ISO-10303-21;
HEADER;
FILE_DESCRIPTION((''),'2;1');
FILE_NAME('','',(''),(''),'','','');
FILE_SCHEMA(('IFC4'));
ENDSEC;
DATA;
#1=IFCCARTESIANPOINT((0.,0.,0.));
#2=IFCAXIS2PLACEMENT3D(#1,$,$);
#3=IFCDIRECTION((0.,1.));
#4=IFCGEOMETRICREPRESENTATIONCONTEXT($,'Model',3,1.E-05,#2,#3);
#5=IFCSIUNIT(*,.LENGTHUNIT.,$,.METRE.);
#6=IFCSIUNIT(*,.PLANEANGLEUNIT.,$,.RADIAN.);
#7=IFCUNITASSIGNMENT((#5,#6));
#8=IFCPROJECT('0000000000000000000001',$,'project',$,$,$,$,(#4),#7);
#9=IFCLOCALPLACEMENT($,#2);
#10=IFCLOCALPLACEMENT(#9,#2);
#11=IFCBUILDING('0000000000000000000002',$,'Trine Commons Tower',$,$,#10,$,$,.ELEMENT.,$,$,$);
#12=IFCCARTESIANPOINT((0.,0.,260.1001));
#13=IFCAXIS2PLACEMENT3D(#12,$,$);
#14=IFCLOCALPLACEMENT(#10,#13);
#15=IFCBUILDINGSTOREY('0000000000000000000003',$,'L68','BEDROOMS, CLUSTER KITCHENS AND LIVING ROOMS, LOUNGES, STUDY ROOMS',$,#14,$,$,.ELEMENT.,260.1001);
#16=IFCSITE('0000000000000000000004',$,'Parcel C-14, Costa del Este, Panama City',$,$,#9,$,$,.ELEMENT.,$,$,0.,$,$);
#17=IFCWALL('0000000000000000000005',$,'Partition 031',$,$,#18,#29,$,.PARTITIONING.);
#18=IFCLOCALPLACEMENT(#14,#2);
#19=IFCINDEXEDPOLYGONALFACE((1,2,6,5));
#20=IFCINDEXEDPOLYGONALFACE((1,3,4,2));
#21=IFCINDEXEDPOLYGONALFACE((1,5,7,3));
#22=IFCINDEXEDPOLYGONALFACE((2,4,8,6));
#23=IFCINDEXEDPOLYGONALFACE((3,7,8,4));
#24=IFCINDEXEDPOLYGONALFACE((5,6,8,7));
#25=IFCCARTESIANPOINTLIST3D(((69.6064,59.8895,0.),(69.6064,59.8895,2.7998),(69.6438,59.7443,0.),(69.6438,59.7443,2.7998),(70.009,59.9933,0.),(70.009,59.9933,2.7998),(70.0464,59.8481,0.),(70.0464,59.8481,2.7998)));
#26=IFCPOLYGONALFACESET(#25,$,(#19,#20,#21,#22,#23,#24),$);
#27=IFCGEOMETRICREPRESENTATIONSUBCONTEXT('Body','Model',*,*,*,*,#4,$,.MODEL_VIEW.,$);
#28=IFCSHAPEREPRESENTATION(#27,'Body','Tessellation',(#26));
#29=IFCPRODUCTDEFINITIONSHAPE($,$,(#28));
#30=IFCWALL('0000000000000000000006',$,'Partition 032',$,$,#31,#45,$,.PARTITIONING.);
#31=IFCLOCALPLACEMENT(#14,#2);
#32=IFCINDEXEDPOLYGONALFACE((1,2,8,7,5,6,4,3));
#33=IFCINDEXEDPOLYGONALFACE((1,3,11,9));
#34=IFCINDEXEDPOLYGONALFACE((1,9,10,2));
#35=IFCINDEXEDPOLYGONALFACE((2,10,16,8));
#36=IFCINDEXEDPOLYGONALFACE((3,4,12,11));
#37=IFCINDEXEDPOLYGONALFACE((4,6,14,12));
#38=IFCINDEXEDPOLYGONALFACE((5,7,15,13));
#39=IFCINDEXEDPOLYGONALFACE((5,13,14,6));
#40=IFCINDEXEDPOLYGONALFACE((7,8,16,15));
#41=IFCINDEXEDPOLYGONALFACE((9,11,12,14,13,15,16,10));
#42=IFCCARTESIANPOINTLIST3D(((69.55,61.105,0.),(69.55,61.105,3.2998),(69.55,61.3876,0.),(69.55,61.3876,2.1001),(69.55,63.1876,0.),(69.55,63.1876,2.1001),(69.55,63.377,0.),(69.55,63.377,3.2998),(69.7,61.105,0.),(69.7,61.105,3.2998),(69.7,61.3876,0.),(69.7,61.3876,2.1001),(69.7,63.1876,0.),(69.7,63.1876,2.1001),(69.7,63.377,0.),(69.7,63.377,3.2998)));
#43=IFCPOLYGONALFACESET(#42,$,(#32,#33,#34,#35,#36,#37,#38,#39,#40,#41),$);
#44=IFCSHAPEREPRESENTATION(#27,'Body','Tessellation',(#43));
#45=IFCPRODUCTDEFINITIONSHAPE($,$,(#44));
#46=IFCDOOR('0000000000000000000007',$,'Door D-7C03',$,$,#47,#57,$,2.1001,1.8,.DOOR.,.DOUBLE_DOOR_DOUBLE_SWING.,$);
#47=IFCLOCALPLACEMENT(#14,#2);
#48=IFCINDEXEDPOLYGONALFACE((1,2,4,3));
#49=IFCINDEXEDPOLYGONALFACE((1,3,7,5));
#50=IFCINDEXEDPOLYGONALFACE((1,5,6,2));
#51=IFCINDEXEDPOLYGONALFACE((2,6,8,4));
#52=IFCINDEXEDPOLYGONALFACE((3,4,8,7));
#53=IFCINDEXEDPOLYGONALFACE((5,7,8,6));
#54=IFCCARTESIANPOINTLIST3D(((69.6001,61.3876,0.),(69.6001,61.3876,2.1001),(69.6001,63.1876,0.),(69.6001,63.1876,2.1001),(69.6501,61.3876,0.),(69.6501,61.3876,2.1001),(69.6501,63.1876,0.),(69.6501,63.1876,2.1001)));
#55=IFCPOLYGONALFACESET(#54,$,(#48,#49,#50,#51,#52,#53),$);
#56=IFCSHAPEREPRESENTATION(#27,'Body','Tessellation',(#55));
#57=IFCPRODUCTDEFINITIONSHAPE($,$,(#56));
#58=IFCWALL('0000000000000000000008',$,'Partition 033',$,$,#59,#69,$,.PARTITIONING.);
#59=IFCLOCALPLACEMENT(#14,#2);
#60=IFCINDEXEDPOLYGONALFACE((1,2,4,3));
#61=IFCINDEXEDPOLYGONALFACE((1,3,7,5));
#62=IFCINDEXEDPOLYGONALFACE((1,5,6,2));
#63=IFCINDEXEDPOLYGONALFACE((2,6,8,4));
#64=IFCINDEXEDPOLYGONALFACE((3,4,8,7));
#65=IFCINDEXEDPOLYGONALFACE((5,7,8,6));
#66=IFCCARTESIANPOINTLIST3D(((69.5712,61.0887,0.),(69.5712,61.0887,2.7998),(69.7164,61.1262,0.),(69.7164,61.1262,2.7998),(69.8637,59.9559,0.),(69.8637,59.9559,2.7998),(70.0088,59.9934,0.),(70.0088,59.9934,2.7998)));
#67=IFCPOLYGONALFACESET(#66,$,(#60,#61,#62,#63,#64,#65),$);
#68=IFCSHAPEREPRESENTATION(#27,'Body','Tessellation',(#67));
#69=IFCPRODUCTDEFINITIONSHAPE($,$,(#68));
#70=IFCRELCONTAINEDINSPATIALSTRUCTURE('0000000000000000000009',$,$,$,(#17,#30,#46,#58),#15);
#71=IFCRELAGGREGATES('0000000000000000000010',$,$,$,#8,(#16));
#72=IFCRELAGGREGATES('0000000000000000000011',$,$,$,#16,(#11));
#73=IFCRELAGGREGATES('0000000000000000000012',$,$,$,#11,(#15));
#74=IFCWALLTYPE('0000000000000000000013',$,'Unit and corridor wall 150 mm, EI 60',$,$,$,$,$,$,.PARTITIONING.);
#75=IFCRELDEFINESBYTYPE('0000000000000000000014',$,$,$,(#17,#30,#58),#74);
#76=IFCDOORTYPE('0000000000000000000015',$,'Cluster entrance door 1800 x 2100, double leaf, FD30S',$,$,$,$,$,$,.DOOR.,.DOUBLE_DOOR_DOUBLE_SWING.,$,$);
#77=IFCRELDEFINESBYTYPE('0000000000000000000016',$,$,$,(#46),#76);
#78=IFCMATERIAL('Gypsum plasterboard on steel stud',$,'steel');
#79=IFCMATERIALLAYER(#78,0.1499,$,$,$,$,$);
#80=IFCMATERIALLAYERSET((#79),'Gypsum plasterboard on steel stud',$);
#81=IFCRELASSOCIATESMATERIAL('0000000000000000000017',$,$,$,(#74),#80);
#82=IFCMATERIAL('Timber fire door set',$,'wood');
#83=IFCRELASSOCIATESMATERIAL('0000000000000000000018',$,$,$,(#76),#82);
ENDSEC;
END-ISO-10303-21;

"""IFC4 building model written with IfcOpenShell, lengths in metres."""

from ifc_helpers import new_model, si_unit, direction, frame, frame_2d, origin, place, context, subcontext, project, spatial, rectangle, extrude, material, layer, layer_set, type_object, element, fill, save


model = new_model("IFC4")

# Units and contexts
model_context = context("Model", 3, precision=1e-05, world=origin(), true_north=direction((0.0, 1.0)))
body_context = subcontext(model_context, "Body", "Model", "MODEL_VIEW")
ifc_project = project(units=[si_unit("LENGTHUNIT", "METRE"), si_unit("PLANEANGLEUNIT", "RADIAN")], contexts=[model_context])

# Site, building, storey
site_placement = place(None, origin())
site = spatial("IfcSite", under=ifc_project, at=site_placement, Name="Parcel C-14, Costa del Este, Panama City", CompositionType="ELEMENT", RefElevation=0.0)
building_placement = place(site_placement, origin())
building = spatial("IfcBuilding", under=site, at=building_placement, Name="Trine Commons Tower", CompositionType="ELEMENT")
storey_placement = place(building_placement, frame((0.0, 0.0, 260.1001)))
storey = spatial("IfcBuildingStorey", under=building, at=storey_placement, Name="L68", Description="BEDROOMS, CLUSTER KITCHENS AND LIVING ROOMS, LOUNGES, STUDY ROOMS", CompositionType="ELEMENT", Elevation=260.1001)

# Shared definitions
ifc_material_1 = material(Name="Gypsum plasterboard on steel stud", Category="steel")
ifc_layer_1 = layer(ifc_material_1, 0.1499)
ifc_layer_set_1 = layer_set([ifc_layer_1], Name="Gypsum plasterboard on steel stud")
wall_type_1 = type_object("IfcWallType", Name="Unit and corridor wall 150 mm, EI 60", PredefinedType="PARTITIONING", material=ifc_layer_set_1)

# Wall
wall_1_placement = place(storey_placement, frame((69.625, 59.8169, 0.0), z_axis=(0.0, 0.0, 1.0), x_axis=(0.968355, 0.249576, 0.0)))
element("IfcWall", 1, at=wall_1_placement, inside=storey, type_object=wall_type_1, Name="Partition 031", PredefinedType="PARTITIONING", context=body_context, shape_type="SweptSolid", body=[
    extrude(rectangle(XDim=0.4158, YDim=0.1499, at=frame_2d((0.208, 0.0))), origin(), (0.0, 0.0, 1.0), 2.7998),
])

# Wall, opening, door
wall_2_placement = place(storey_placement, frame((69.625, 61.105, 0.0), z_axis=(0.0, 0.0, 1.0), x_axis=(0.0, 1.0, 0.0)))
wall_2 = element("IfcWall", 2, at=wall_2_placement, inside=storey, type_object=wall_type_1, Name="Partition 032", PredefinedType="PARTITIONING", context=body_context, shape_type="SweptSolid", body=[
    extrude(rectangle(XDim=2.272, YDim=0.1499, at=frame_2d((1.136, 0.0))), origin(), (0.0, 0.0, 1.0), 3.2998),
])
opening_1_placement = place(wall_2_placement, frame((0.2827, 0.0, 0.0)))
opening_1 = element("IfcOpeningElement", 3, at=opening_1_placement, cuts=wall_2, PredefinedType="OPENING", context=body_context, shape_type="SweptSolid", body=[
    extrude(rectangle(XDim=1.8, YDim=2.1001, at=frame_2d((0.8999, 1.05))), frame((0.0, 0.085, 0.0), z_axis=(0.0, -1.0, 0.0), x_axis=(1.0, 0.0, 0.0)), (0.0, 0.0, 1.0), 0.1699),
])
ifc_material_2 = material(Name="Timber fire door set", Category="wood")
door_type_1 = type_object("IfcDoorType", Name="Cluster entrance door 1800 x 2100, double leaf, FD30S", OperationType="DOUBLE_DOOR_DOUBLE_SWING", PredefinedType="DOOR", material=ifc_material_2)
door_1_placement = place(opening_1_placement, origin())
door_1 = element("IfcDoor", 4, at=door_1_placement, inside=storey, type_object=door_type_1, Name="Door D-7C03", OperationType="DOUBLE_DOOR_DOUBLE_SWING", OverallHeight=2.1001, OverallWidth=1.8, PredefinedType="DOOR", context=body_context, shape_type="SweptSolid", body=[
    extrude(rectangle(XDim=1.8, YDim=2.1001, at=frame_2d((0.8999, 1.05))), frame((0.0, 0.0249, 0.0), z_axis=(0.0, -1.0, 0.0), x_axis=(1.0, 0.0, 0.0)), (0.0, 0.0, 1.0), 0.05),
])
fill(opening_1, door_1)

# Wall
wall_3_placement = place(storey_placement, frame((69.6438, 61.1074, 0.0), z_axis=(0.0, 0.0, 1.0), x_axis=(0.249992, -0.968248, 0.0)))
element("IfcWall", 5, at=wall_3_placement, inside=storey, type_object=wall_type_1, Name="Partition 033", PredefinedType="PARTITIONING", context=body_context, shape_type="SweptSolid", body=[
    extrude(rectangle(XDim=1.1699, YDim=0.1499, at=frame_2d((0.585, 0.0))), origin(), (0.0, 0.0, 1.0), 2.7998),
])

save(model, "model.ifc")
